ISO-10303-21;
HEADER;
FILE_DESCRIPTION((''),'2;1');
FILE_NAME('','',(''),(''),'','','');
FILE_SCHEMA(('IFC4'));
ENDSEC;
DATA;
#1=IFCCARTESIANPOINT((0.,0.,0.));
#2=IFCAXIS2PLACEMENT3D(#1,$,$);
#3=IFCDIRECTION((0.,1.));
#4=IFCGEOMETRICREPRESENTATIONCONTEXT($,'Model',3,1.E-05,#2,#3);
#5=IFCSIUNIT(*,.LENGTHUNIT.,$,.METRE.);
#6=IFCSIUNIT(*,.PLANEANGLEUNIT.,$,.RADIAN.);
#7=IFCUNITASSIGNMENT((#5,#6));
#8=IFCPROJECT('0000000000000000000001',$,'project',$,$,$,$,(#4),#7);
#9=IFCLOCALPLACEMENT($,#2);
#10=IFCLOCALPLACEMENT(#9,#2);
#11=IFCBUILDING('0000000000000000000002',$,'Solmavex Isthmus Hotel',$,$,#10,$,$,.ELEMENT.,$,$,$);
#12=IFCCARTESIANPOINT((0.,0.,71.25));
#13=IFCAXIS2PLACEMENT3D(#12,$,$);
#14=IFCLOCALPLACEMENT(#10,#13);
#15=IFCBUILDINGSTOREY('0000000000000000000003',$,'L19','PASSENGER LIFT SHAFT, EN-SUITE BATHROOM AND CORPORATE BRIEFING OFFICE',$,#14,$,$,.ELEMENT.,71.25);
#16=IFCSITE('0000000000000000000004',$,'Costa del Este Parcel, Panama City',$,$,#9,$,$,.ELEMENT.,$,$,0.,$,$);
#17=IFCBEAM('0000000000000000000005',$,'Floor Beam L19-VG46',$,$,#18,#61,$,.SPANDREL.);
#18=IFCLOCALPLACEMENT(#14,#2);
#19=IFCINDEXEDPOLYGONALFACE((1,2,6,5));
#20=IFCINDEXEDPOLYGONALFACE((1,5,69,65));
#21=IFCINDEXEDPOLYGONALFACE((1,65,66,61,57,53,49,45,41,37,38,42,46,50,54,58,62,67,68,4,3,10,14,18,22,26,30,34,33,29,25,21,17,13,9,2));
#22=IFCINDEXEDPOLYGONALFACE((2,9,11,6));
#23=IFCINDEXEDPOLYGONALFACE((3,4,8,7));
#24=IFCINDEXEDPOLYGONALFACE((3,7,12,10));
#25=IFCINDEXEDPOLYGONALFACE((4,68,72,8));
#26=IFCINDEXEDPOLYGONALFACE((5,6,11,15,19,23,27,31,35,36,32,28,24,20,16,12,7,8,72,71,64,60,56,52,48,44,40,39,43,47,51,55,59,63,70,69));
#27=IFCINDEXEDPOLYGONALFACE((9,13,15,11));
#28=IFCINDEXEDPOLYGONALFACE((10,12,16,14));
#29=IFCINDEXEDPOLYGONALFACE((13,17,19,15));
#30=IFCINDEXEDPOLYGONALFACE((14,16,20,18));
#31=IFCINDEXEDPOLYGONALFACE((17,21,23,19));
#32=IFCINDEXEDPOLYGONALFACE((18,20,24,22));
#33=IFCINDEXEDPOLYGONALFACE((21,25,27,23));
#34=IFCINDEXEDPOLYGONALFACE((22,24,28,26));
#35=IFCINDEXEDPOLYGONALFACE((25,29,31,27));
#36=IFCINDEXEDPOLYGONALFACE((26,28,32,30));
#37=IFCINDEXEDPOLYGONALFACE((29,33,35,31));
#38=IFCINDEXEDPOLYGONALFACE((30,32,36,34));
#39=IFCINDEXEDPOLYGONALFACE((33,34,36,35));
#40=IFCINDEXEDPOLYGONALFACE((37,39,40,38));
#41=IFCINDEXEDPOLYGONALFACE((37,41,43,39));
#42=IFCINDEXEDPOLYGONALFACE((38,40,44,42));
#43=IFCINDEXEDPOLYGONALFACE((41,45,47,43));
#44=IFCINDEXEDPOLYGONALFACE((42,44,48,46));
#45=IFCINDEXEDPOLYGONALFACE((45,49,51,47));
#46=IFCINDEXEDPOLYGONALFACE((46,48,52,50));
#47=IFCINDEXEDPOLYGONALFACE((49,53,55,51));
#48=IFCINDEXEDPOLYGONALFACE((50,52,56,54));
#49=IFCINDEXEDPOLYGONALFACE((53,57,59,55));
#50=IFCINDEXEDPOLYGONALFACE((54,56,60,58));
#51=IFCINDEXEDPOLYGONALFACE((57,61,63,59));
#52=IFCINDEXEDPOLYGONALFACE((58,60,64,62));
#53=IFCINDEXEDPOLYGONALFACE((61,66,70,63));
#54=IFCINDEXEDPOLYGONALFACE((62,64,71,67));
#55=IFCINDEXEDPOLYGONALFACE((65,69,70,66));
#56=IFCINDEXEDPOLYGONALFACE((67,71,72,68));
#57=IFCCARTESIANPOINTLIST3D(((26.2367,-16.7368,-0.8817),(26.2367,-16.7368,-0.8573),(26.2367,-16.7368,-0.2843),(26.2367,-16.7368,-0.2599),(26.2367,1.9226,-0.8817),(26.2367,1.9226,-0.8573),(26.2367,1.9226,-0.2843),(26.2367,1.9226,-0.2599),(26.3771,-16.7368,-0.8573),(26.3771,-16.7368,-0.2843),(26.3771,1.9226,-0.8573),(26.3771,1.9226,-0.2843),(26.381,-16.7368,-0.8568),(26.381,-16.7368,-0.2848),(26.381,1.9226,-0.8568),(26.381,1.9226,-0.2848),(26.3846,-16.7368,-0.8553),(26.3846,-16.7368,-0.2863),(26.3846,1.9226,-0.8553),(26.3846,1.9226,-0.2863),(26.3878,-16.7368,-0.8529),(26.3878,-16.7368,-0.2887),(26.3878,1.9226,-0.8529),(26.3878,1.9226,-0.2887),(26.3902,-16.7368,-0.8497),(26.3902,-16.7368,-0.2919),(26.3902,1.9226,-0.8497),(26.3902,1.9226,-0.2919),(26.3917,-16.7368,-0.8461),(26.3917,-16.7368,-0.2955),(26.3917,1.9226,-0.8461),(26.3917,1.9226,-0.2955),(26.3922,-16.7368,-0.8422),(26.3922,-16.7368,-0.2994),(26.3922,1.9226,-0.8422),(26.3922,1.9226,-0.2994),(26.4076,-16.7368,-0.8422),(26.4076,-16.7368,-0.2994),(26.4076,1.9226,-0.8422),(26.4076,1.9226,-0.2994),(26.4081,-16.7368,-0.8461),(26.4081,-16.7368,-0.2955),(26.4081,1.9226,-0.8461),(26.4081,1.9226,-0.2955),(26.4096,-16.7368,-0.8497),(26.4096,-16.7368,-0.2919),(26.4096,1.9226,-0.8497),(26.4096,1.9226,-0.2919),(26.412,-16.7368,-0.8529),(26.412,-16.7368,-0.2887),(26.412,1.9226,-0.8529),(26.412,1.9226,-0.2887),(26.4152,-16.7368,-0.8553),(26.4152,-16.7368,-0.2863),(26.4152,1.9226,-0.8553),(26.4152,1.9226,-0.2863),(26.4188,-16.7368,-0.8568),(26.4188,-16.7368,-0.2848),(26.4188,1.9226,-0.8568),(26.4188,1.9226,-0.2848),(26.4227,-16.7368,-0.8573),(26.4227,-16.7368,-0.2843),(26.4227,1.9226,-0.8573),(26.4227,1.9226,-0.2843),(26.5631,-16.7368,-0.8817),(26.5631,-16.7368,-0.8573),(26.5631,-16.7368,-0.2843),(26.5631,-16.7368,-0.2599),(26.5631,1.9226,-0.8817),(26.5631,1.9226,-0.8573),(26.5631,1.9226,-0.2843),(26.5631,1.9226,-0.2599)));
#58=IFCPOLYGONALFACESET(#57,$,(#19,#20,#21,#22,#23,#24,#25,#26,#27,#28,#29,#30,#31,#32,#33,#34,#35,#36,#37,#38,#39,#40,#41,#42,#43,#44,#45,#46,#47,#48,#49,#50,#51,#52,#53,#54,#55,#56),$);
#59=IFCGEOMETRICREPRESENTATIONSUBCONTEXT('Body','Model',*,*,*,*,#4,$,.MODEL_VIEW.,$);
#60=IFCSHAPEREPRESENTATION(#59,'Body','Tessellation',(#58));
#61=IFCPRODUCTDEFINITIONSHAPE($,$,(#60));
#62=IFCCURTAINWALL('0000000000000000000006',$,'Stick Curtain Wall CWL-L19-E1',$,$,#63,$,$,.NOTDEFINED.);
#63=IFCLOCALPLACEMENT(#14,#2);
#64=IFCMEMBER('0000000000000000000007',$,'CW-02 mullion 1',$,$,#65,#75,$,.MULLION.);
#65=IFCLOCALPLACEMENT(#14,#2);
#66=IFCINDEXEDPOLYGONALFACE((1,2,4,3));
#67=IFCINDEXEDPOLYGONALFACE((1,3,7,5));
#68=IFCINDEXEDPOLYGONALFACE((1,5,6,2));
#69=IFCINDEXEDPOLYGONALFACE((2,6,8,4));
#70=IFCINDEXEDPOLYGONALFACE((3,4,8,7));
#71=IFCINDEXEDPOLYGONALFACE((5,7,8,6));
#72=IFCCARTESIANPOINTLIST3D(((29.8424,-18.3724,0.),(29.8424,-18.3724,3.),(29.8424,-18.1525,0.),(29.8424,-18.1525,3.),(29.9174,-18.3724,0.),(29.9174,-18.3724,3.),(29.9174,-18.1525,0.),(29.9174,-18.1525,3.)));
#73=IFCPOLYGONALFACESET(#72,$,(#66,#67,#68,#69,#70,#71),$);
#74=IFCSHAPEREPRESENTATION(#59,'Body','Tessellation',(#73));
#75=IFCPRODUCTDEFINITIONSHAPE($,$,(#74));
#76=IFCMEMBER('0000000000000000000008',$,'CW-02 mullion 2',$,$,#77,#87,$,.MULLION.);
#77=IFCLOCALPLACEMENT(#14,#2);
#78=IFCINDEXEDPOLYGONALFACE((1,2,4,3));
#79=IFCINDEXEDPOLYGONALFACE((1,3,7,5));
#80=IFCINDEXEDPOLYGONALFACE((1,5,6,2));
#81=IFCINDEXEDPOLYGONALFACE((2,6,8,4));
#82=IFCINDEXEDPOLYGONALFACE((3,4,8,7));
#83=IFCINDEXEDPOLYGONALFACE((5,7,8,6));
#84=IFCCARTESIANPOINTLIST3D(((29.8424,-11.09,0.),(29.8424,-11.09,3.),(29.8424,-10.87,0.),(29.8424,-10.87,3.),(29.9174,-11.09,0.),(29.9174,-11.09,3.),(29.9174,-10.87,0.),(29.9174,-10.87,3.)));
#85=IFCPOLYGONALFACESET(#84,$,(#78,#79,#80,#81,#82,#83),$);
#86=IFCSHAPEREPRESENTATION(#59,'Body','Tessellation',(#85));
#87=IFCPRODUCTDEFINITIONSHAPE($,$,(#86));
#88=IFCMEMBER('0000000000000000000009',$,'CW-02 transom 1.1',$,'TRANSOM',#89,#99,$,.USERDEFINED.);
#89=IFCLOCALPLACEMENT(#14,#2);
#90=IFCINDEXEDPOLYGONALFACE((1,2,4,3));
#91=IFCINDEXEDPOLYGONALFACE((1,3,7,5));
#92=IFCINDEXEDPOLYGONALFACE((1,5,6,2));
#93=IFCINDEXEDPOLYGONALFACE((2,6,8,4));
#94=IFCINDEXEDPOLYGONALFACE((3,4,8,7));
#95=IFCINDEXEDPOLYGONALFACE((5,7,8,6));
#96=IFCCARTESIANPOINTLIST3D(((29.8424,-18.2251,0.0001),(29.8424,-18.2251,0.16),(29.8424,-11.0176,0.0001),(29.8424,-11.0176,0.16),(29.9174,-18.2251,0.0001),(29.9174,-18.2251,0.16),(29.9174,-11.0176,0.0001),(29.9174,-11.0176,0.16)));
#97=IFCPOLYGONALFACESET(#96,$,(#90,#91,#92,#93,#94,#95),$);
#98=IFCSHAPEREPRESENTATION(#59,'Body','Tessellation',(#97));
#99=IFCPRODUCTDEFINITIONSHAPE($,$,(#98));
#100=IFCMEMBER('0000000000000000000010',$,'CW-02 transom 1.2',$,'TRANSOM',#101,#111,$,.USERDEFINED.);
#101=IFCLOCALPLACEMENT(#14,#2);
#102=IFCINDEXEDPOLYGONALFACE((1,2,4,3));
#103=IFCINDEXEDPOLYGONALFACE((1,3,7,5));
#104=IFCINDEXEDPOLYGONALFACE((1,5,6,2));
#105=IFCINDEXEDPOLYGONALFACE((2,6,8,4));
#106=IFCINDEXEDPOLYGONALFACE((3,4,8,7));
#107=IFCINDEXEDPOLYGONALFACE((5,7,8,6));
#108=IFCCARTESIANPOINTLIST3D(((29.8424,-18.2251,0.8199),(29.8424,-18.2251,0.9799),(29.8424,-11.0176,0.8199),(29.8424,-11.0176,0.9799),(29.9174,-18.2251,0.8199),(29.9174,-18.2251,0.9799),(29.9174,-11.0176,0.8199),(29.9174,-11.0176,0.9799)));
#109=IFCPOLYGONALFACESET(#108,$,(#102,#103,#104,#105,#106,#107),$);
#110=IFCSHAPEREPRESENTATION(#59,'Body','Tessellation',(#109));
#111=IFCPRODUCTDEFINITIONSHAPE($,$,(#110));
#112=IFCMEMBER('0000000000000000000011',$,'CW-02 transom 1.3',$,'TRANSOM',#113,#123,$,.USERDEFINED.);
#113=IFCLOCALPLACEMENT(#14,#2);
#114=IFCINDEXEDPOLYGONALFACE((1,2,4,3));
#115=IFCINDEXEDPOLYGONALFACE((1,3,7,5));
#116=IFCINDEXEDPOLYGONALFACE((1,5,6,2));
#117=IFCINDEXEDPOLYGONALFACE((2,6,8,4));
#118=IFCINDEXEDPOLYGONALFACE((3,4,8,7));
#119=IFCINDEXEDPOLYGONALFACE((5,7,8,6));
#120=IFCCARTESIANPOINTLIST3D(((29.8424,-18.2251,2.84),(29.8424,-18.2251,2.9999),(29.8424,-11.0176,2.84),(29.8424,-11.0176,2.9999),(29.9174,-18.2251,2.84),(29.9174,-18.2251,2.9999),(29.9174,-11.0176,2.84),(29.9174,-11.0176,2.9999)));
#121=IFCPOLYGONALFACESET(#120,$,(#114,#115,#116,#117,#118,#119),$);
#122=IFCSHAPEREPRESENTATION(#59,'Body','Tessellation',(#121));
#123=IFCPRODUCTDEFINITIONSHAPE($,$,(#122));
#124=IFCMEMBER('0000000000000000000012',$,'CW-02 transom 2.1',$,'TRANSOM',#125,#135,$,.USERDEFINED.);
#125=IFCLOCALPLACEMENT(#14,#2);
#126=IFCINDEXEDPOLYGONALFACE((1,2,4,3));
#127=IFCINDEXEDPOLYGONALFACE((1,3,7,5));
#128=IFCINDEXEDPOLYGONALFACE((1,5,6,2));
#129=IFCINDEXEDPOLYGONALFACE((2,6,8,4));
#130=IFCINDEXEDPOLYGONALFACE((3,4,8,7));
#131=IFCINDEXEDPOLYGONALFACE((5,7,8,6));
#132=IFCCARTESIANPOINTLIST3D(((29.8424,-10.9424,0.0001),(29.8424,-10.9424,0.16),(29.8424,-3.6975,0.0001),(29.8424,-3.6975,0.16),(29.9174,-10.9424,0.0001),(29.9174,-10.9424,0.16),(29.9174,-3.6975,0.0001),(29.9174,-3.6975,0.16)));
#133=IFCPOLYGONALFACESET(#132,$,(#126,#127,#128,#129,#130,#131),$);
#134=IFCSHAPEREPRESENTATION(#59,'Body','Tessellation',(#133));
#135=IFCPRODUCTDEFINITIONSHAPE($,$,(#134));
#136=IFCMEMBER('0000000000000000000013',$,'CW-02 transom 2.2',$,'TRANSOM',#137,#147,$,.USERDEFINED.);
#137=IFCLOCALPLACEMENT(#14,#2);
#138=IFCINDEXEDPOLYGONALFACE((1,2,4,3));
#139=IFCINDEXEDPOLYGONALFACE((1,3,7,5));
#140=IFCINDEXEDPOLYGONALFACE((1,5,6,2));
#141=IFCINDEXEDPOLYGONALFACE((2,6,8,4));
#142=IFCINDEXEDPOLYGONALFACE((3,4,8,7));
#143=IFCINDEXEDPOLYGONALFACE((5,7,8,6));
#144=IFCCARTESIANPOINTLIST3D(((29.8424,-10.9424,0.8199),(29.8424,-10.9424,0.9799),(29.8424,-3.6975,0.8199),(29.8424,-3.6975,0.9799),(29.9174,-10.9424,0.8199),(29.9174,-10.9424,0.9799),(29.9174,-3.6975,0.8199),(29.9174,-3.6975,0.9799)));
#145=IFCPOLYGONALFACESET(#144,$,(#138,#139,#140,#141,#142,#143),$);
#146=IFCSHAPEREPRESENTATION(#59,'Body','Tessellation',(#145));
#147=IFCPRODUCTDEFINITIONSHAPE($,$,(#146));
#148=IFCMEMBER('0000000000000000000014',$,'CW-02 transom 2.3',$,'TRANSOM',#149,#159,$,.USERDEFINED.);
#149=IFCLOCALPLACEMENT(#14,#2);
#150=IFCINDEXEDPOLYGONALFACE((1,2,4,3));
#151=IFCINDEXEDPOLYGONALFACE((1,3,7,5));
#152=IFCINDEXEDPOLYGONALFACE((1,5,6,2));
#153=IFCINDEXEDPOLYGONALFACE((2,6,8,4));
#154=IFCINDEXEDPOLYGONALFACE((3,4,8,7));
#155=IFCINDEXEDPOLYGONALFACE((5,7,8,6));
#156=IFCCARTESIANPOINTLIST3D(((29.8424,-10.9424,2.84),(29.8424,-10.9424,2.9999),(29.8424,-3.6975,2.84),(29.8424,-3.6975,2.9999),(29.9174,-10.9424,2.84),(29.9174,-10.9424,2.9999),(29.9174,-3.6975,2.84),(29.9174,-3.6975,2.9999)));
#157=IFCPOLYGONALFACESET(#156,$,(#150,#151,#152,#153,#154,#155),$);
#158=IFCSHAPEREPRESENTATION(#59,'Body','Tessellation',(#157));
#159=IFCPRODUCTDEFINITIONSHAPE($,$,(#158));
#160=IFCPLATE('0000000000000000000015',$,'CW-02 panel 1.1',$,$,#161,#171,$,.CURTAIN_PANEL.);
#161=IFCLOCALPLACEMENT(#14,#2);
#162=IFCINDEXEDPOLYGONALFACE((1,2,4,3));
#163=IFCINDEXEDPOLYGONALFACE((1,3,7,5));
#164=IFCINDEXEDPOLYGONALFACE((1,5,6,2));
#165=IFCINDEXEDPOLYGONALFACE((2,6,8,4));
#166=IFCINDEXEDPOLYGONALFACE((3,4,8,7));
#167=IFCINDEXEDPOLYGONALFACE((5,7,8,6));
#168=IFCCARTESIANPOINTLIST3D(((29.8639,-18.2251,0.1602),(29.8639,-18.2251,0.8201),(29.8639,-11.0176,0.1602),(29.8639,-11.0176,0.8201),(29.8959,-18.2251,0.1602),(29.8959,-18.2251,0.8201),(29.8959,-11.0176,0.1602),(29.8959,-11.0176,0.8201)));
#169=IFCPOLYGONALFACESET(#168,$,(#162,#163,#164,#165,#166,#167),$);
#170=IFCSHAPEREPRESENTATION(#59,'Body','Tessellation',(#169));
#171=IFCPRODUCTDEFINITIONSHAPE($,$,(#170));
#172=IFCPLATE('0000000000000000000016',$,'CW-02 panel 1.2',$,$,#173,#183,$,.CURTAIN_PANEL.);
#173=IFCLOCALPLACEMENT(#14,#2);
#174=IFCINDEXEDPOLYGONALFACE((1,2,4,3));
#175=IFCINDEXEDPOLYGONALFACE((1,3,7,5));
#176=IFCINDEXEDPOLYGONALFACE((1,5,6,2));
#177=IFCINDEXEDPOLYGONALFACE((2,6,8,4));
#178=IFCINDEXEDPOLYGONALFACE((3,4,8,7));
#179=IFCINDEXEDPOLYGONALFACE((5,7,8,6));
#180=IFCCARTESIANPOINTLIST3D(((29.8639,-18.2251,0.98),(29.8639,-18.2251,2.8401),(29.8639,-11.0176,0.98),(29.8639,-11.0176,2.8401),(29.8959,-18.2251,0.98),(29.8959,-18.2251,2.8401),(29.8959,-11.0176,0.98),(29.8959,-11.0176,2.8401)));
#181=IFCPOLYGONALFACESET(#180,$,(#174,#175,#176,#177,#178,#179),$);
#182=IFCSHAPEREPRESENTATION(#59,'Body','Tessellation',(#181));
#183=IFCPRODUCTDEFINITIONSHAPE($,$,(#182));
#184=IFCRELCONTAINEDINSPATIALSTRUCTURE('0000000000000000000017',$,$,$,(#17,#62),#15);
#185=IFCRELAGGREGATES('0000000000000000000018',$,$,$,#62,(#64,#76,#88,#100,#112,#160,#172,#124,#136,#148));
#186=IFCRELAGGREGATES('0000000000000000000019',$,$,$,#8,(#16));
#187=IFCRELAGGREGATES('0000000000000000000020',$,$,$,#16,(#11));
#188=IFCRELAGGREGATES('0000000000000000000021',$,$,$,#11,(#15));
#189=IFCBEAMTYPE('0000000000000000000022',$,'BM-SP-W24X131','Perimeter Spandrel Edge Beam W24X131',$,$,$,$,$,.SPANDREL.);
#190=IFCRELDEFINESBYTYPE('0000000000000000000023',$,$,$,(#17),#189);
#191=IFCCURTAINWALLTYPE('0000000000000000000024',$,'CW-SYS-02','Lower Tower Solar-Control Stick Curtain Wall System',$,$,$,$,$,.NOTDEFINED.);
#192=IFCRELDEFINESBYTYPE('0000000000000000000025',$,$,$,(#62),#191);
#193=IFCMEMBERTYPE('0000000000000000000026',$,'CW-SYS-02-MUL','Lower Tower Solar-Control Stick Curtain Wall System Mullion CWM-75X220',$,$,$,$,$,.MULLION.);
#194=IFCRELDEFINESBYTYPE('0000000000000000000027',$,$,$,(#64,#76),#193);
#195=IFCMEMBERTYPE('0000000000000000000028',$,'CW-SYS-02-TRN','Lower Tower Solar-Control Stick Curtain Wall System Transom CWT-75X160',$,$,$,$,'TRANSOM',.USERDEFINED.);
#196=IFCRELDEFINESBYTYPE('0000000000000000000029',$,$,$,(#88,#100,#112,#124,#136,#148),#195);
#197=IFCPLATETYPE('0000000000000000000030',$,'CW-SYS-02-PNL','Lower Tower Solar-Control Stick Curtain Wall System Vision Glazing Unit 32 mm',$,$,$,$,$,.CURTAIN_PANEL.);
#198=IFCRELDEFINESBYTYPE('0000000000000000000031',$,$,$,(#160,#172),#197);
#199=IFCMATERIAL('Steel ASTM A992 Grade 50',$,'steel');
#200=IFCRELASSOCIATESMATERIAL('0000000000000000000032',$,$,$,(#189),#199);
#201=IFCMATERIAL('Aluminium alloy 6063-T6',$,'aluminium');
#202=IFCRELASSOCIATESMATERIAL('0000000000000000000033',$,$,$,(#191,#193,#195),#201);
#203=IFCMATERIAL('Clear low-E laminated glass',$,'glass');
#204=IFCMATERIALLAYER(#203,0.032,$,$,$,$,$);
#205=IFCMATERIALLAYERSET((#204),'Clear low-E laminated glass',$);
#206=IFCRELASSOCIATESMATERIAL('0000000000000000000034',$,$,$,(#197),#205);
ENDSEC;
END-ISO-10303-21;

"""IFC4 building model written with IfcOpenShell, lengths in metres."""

from ifc_helpers import new_model, si_unit, direction, frame, origin, origin_2d, place, context, subcontext, project, spatial, rectangle, i_section, extrude, material, layer, layer_set, material_profile, profile_set, type_object, element, aggregate, save


model = new_model("IFC4")

# Units and contexts
model_context = context("Model", 3, precision=1e-05, world=origin(), true_north=direction((0.0, 1.0)))
body_context = subcontext(model_context, "Body", "Model", "MODEL_VIEW")
ifc_project = project(units=[si_unit("LENGTHUNIT", "METRE"), si_unit("PLANEANGLEUNIT", "RADIAN")], contexts=[model_context])

# Site, building, storey
site_placement = place(None, origin())
site = spatial("IfcSite", under=ifc_project, at=site_placement, Name="Costa del Este Parcel, Panama City", CompositionType="ELEMENT", RefElevation=0.0)
building_placement = place(site_placement, origin())
building = spatial("IfcBuilding", under=site, at=building_placement, Name="Solmavex Isthmus Hotel", CompositionType="ELEMENT")
storey_placement = place(building_placement, frame((0.0, 0.0, 71.25)))
storey = spatial("IfcBuildingStorey", under=building, at=storey_placement, Name="L19", Description="PASSENGER LIFT SHAFT, EN-SUITE BATHROOM AND CORPORATE BRIEFING OFFICE", CompositionType="ELEMENT", Elevation=71.25)

# Beam
ifc_material_1 = material(Name="Steel ASTM A992 Grade 50", Category="steel")
ifc_material_profile_1 = material_profile(ifc_material_1, i_section(OverallWidth=0.3264, OverallDepth=0.6218, WebThickness=0.0154, FlangeThickness=0.0244, FilletRadius=0.0151, at=origin_2d()), Name="W24X131")
ifc_profile_set_1 = profile_set([ifc_material_profile_1], Name="Steel ASTM A992 Grade 50")
beam_type_1 = type_object("IfcBeamType", Name="BM-SP-W24X131", Description="Perimeter Spandrel Edge Beam W24X131", PredefinedType="SPANDREL", material=ifc_profile_set_1)
beam_1_placement = place(storey_placement, frame((26.3999, -16.7368, -0.5708), z_axis=(0.0, 1.0, 0.0), x_axis=(-1.0, 0.0, 0.0)))
element("IfcBeam", 1, at=beam_1_placement, inside=storey, type_object=beam_type_1, Name="Floor Beam L19-VG46", PredefinedType="SPANDREL", context=body_context, shape_type="SweptSolid", body=[
    extrude(i_section(OverallWidth=0.3264, OverallDepth=0.6218, WebThickness=0.0154, FlangeThickness=0.0244, FilletRadius=0.0151, at=origin_2d()), origin(), (0.0, 0.0, 1.0), 18.6594),
])

# Curtain wall, members, plates
ifc_material_2 = material(Name="Aluminium alloy 6063-T6", Category="aluminium")
curtain_wall_type = type_object("IfcCurtainWallType", Name="CW-SYS-02", Description="Lower Tower Solar-Control Stick Curtain Wall System", PredefinedType="NOTDEFINED", material=ifc_material_2)
curtain_wall_placement = place(storey_placement, origin())
curtain_wall = element("IfcCurtainWall", 2, at=curtain_wall_placement, inside=storey, type_object=curtain_wall_type, Name="Stick Curtain Wall CWL-L19-E1", PredefinedType="NOTDEFINED")
ifc_material_profile_2 = material_profile(ifc_material_2, rectangle(XDim=0.075, YDim=0.22, at=origin_2d()), Name="CWM-75X220")
ifc_profile_set_2 = profile_set([ifc_material_profile_2], Name="Aluminium alloy 6063-T6")
member_type_1 = type_object("IfcMemberType", Name="CW-SYS-02-MUL", Description="Lower Tower Solar-Control Stick Curtain Wall System Mullion CWM-75X220", PredefinedType="MULLION", material=ifc_profile_set_2)
member_1_placement = place(storey_placement, frame((29.8799, -18.2625, 0.0), z_axis=(0.0, 0.0, 1.0), x_axis=(-1.0, 0.0, 0.0)))
member_1 = element("IfcMember", 3, at=member_1_placement, type_object=member_type_1, Name="CW-02 mullion 1", PredefinedType="MULLION", context=body_context, shape_type="SweptSolid", body=[
    extrude(rectangle(XDim=0.075, YDim=0.22, at=origin_2d()), origin(), (0.0, 0.0, 1.0), 3.0),
])
member_2_placement = place(storey_placement, frame((29.8799, -10.98, 0.0), z_axis=(0.0, 0.0, 1.0), x_axis=(-1.0, 0.0, 0.0)))
member_2 = element("IfcMember", 4, at=member_2_placement, type_object=member_type_1, Name="CW-02 mullion 2", PredefinedType="MULLION", context=body_context, shape_type="SweptSolid", body=[
    extrude(rectangle(XDim=0.075, YDim=0.22, at=origin_2d()), origin(), (0.0, 0.0, 1.0), 3.0),
])
ifc_material_profile_3 = material_profile(ifc_material_2, rectangle(XDim=0.075, YDim=0.1599, at=origin_2d()), Name="CWT-75X160")
ifc_profile_set_3 = profile_set([ifc_material_profile_3], Name="Aluminium alloy 6063-T6")
member_type_2 = type_object("IfcMemberType", Name="CW-SYS-02-TRN", Description="Lower Tower Solar-Control Stick Curtain Wall System Transom CWT-75X160", ElementType="TRANSOM", PredefinedType="USERDEFINED", material=ifc_profile_set_3)
member_3_placement = place(storey_placement, frame((29.8799, -18.2251, 0.0801), z_axis=(0.0, 1.0, 0.0), x_axis=(-1.0, 0.0, 0.0)))
member_3 = element("IfcMember", 5, at=member_3_placement, type_object=member_type_2, Name="CW-02 transom 1.1", ObjectType="TRANSOM", PredefinedType="USERDEFINED", context=body_context, shape_type="SweptSolid", body=[
    extrude(rectangle(XDim=0.075, YDim=0.1599, at=origin_2d()), origin(), (0.0, 0.0, 1.0), 7.2075),
])
member_4_placement = place(storey_placement, frame((29.8799, -18.2251, 0.8999), z_axis=(0.0, 1.0, 0.0), x_axis=(-1.0, 0.0, 0.0)))
member_4 = element("IfcMember", 6, at=member_4_placement, type_object=member_type_2, Name="CW-02 transom 1.2", ObjectType="TRANSOM", PredefinedType="USERDEFINED", context=body_context, shape_type="SweptSolid", body=[
    extrude(rectangle(XDim=0.075, YDim=0.1599, at=origin_2d()), origin(), (0.0, 0.0, 1.0), 7.2075),
])
member_5_placement = place(storey_placement, frame((29.8799, -18.2251, 2.9199), z_axis=(0.0, 1.0, 0.0), x_axis=(-1.0, 0.0, 0.0)))
member_5 = element("IfcMember", 7, at=member_5_placement, type_object=member_type_2, Name="CW-02 transom 1.3", ObjectType="TRANSOM", PredefinedType="USERDEFINED", context=body_context, shape_type="SweptSolid", body=[
    extrude(rectangle(XDim=0.075, YDim=0.1599, at=origin_2d()), origin(), (0.0, 0.0, 1.0), 7.2075),
])
member_6_placement = place(storey_placement, frame((29.8799, -10.9424, 0.0801), z_axis=(0.0, 1.0, 0.0), x_axis=(-1.0, 0.0, 0.0)))
member_6 = element("IfcMember", 8, at=member_6_placement, type_object=member_type_2, Name="CW-02 transom 2.1", ObjectType="TRANSOM", PredefinedType="USERDEFINED", context=body_context, shape_type="SweptSolid", body=[
    extrude(rectangle(XDim=0.075, YDim=0.1599, at=origin_2d()), origin(), (0.0, 0.0, 1.0), 7.2449),
])
member_7_placement = place(storey_placement, frame((29.8799, -10.9424, 0.8999), z_axis=(0.0, 1.0, 0.0), x_axis=(-1.0, 0.0, 0.0)))
member_7 = element("IfcMember", 9, at=member_7_placement, type_object=member_type_2, Name="CW-02 transom 2.2", ObjectType="TRANSOM", PredefinedType="USERDEFINED", context=body_context, shape_type="SweptSolid", body=[
    extrude(rectangle(XDim=0.075, YDim=0.1599, at=origin_2d()), origin(), (0.0, 0.0, 1.0), 7.2449),
])
member_8_placement = place(storey_placement, frame((29.8799, -10.9424, 2.9199), z_axis=(0.0, 1.0, 0.0), x_axis=(-1.0, 0.0, 0.0)))
member_8 = element("IfcMember", 10, at=member_8_placement, type_object=member_type_2, Name="CW-02 transom 2.3", ObjectType="TRANSOM", PredefinedType="USERDEFINED", context=body_context, shape_type="SweptSolid", body=[
    extrude(rectangle(XDim=0.075, YDim=0.1599, at=origin_2d()), origin(), (0.0, 0.0, 1.0), 7.2449),
])
ifc_material_3 = material(Name="Clear low-E laminated glass", Category="glass")
ifc_layer_1 = layer(ifc_material_3, 0.032)
ifc_layer_set_1 = layer_set([ifc_layer_1], Name="Clear low-E laminated glass")
plate_type = type_object("IfcPlateType", Name="CW-SYS-02-PNL", Description="Lower Tower Solar-Control Stick Curtain Wall System Vision Glazing Unit 32 mm", PredefinedType="CURTAIN_PANEL", material=ifc_layer_set_1)
plate_1_placement = place(storey_placement, frame((29.8799, -14.6213, 0.1602), z_axis=(0.0, 0.0, 1.0), x_axis=(0.0, 1.0, 0.0)))
plate_1 = element("IfcPlate", 11, at=plate_1_placement, type_object=plate_type, Name="CW-02 panel 1.1", PredefinedType="CURTAIN_PANEL", context=body_context, shape_type="SweptSolid", body=[
    extrude(rectangle(XDim=7.2075, YDim=0.032, at=origin_2d()), origin(), (0.0, 0.0, 1.0), 0.6599),
])
plate_2_placement = place(storey_placement, frame((29.8799, -14.6213, 0.98), z_axis=(0.0, 0.0, 1.0), x_axis=(0.0, 1.0, 0.0)))
plate_2 = element("IfcPlate", 12, at=plate_2_placement, type_object=plate_type, Name="CW-02 panel 1.2", PredefinedType="CURTAIN_PANEL", context=body_context, shape_type="SweptSolid", body=[
    extrude(rectangle(XDim=7.2075, YDim=0.032, at=origin_2d()), origin(), (0.0, 0.0, 1.0), 1.8601),
])
aggregate(curtain_wall, [member_1, member_2, member_3, member_4, member_5, plate_1, plate_2, member_6, member_7, member_8])

save(model, "model.ifc")
